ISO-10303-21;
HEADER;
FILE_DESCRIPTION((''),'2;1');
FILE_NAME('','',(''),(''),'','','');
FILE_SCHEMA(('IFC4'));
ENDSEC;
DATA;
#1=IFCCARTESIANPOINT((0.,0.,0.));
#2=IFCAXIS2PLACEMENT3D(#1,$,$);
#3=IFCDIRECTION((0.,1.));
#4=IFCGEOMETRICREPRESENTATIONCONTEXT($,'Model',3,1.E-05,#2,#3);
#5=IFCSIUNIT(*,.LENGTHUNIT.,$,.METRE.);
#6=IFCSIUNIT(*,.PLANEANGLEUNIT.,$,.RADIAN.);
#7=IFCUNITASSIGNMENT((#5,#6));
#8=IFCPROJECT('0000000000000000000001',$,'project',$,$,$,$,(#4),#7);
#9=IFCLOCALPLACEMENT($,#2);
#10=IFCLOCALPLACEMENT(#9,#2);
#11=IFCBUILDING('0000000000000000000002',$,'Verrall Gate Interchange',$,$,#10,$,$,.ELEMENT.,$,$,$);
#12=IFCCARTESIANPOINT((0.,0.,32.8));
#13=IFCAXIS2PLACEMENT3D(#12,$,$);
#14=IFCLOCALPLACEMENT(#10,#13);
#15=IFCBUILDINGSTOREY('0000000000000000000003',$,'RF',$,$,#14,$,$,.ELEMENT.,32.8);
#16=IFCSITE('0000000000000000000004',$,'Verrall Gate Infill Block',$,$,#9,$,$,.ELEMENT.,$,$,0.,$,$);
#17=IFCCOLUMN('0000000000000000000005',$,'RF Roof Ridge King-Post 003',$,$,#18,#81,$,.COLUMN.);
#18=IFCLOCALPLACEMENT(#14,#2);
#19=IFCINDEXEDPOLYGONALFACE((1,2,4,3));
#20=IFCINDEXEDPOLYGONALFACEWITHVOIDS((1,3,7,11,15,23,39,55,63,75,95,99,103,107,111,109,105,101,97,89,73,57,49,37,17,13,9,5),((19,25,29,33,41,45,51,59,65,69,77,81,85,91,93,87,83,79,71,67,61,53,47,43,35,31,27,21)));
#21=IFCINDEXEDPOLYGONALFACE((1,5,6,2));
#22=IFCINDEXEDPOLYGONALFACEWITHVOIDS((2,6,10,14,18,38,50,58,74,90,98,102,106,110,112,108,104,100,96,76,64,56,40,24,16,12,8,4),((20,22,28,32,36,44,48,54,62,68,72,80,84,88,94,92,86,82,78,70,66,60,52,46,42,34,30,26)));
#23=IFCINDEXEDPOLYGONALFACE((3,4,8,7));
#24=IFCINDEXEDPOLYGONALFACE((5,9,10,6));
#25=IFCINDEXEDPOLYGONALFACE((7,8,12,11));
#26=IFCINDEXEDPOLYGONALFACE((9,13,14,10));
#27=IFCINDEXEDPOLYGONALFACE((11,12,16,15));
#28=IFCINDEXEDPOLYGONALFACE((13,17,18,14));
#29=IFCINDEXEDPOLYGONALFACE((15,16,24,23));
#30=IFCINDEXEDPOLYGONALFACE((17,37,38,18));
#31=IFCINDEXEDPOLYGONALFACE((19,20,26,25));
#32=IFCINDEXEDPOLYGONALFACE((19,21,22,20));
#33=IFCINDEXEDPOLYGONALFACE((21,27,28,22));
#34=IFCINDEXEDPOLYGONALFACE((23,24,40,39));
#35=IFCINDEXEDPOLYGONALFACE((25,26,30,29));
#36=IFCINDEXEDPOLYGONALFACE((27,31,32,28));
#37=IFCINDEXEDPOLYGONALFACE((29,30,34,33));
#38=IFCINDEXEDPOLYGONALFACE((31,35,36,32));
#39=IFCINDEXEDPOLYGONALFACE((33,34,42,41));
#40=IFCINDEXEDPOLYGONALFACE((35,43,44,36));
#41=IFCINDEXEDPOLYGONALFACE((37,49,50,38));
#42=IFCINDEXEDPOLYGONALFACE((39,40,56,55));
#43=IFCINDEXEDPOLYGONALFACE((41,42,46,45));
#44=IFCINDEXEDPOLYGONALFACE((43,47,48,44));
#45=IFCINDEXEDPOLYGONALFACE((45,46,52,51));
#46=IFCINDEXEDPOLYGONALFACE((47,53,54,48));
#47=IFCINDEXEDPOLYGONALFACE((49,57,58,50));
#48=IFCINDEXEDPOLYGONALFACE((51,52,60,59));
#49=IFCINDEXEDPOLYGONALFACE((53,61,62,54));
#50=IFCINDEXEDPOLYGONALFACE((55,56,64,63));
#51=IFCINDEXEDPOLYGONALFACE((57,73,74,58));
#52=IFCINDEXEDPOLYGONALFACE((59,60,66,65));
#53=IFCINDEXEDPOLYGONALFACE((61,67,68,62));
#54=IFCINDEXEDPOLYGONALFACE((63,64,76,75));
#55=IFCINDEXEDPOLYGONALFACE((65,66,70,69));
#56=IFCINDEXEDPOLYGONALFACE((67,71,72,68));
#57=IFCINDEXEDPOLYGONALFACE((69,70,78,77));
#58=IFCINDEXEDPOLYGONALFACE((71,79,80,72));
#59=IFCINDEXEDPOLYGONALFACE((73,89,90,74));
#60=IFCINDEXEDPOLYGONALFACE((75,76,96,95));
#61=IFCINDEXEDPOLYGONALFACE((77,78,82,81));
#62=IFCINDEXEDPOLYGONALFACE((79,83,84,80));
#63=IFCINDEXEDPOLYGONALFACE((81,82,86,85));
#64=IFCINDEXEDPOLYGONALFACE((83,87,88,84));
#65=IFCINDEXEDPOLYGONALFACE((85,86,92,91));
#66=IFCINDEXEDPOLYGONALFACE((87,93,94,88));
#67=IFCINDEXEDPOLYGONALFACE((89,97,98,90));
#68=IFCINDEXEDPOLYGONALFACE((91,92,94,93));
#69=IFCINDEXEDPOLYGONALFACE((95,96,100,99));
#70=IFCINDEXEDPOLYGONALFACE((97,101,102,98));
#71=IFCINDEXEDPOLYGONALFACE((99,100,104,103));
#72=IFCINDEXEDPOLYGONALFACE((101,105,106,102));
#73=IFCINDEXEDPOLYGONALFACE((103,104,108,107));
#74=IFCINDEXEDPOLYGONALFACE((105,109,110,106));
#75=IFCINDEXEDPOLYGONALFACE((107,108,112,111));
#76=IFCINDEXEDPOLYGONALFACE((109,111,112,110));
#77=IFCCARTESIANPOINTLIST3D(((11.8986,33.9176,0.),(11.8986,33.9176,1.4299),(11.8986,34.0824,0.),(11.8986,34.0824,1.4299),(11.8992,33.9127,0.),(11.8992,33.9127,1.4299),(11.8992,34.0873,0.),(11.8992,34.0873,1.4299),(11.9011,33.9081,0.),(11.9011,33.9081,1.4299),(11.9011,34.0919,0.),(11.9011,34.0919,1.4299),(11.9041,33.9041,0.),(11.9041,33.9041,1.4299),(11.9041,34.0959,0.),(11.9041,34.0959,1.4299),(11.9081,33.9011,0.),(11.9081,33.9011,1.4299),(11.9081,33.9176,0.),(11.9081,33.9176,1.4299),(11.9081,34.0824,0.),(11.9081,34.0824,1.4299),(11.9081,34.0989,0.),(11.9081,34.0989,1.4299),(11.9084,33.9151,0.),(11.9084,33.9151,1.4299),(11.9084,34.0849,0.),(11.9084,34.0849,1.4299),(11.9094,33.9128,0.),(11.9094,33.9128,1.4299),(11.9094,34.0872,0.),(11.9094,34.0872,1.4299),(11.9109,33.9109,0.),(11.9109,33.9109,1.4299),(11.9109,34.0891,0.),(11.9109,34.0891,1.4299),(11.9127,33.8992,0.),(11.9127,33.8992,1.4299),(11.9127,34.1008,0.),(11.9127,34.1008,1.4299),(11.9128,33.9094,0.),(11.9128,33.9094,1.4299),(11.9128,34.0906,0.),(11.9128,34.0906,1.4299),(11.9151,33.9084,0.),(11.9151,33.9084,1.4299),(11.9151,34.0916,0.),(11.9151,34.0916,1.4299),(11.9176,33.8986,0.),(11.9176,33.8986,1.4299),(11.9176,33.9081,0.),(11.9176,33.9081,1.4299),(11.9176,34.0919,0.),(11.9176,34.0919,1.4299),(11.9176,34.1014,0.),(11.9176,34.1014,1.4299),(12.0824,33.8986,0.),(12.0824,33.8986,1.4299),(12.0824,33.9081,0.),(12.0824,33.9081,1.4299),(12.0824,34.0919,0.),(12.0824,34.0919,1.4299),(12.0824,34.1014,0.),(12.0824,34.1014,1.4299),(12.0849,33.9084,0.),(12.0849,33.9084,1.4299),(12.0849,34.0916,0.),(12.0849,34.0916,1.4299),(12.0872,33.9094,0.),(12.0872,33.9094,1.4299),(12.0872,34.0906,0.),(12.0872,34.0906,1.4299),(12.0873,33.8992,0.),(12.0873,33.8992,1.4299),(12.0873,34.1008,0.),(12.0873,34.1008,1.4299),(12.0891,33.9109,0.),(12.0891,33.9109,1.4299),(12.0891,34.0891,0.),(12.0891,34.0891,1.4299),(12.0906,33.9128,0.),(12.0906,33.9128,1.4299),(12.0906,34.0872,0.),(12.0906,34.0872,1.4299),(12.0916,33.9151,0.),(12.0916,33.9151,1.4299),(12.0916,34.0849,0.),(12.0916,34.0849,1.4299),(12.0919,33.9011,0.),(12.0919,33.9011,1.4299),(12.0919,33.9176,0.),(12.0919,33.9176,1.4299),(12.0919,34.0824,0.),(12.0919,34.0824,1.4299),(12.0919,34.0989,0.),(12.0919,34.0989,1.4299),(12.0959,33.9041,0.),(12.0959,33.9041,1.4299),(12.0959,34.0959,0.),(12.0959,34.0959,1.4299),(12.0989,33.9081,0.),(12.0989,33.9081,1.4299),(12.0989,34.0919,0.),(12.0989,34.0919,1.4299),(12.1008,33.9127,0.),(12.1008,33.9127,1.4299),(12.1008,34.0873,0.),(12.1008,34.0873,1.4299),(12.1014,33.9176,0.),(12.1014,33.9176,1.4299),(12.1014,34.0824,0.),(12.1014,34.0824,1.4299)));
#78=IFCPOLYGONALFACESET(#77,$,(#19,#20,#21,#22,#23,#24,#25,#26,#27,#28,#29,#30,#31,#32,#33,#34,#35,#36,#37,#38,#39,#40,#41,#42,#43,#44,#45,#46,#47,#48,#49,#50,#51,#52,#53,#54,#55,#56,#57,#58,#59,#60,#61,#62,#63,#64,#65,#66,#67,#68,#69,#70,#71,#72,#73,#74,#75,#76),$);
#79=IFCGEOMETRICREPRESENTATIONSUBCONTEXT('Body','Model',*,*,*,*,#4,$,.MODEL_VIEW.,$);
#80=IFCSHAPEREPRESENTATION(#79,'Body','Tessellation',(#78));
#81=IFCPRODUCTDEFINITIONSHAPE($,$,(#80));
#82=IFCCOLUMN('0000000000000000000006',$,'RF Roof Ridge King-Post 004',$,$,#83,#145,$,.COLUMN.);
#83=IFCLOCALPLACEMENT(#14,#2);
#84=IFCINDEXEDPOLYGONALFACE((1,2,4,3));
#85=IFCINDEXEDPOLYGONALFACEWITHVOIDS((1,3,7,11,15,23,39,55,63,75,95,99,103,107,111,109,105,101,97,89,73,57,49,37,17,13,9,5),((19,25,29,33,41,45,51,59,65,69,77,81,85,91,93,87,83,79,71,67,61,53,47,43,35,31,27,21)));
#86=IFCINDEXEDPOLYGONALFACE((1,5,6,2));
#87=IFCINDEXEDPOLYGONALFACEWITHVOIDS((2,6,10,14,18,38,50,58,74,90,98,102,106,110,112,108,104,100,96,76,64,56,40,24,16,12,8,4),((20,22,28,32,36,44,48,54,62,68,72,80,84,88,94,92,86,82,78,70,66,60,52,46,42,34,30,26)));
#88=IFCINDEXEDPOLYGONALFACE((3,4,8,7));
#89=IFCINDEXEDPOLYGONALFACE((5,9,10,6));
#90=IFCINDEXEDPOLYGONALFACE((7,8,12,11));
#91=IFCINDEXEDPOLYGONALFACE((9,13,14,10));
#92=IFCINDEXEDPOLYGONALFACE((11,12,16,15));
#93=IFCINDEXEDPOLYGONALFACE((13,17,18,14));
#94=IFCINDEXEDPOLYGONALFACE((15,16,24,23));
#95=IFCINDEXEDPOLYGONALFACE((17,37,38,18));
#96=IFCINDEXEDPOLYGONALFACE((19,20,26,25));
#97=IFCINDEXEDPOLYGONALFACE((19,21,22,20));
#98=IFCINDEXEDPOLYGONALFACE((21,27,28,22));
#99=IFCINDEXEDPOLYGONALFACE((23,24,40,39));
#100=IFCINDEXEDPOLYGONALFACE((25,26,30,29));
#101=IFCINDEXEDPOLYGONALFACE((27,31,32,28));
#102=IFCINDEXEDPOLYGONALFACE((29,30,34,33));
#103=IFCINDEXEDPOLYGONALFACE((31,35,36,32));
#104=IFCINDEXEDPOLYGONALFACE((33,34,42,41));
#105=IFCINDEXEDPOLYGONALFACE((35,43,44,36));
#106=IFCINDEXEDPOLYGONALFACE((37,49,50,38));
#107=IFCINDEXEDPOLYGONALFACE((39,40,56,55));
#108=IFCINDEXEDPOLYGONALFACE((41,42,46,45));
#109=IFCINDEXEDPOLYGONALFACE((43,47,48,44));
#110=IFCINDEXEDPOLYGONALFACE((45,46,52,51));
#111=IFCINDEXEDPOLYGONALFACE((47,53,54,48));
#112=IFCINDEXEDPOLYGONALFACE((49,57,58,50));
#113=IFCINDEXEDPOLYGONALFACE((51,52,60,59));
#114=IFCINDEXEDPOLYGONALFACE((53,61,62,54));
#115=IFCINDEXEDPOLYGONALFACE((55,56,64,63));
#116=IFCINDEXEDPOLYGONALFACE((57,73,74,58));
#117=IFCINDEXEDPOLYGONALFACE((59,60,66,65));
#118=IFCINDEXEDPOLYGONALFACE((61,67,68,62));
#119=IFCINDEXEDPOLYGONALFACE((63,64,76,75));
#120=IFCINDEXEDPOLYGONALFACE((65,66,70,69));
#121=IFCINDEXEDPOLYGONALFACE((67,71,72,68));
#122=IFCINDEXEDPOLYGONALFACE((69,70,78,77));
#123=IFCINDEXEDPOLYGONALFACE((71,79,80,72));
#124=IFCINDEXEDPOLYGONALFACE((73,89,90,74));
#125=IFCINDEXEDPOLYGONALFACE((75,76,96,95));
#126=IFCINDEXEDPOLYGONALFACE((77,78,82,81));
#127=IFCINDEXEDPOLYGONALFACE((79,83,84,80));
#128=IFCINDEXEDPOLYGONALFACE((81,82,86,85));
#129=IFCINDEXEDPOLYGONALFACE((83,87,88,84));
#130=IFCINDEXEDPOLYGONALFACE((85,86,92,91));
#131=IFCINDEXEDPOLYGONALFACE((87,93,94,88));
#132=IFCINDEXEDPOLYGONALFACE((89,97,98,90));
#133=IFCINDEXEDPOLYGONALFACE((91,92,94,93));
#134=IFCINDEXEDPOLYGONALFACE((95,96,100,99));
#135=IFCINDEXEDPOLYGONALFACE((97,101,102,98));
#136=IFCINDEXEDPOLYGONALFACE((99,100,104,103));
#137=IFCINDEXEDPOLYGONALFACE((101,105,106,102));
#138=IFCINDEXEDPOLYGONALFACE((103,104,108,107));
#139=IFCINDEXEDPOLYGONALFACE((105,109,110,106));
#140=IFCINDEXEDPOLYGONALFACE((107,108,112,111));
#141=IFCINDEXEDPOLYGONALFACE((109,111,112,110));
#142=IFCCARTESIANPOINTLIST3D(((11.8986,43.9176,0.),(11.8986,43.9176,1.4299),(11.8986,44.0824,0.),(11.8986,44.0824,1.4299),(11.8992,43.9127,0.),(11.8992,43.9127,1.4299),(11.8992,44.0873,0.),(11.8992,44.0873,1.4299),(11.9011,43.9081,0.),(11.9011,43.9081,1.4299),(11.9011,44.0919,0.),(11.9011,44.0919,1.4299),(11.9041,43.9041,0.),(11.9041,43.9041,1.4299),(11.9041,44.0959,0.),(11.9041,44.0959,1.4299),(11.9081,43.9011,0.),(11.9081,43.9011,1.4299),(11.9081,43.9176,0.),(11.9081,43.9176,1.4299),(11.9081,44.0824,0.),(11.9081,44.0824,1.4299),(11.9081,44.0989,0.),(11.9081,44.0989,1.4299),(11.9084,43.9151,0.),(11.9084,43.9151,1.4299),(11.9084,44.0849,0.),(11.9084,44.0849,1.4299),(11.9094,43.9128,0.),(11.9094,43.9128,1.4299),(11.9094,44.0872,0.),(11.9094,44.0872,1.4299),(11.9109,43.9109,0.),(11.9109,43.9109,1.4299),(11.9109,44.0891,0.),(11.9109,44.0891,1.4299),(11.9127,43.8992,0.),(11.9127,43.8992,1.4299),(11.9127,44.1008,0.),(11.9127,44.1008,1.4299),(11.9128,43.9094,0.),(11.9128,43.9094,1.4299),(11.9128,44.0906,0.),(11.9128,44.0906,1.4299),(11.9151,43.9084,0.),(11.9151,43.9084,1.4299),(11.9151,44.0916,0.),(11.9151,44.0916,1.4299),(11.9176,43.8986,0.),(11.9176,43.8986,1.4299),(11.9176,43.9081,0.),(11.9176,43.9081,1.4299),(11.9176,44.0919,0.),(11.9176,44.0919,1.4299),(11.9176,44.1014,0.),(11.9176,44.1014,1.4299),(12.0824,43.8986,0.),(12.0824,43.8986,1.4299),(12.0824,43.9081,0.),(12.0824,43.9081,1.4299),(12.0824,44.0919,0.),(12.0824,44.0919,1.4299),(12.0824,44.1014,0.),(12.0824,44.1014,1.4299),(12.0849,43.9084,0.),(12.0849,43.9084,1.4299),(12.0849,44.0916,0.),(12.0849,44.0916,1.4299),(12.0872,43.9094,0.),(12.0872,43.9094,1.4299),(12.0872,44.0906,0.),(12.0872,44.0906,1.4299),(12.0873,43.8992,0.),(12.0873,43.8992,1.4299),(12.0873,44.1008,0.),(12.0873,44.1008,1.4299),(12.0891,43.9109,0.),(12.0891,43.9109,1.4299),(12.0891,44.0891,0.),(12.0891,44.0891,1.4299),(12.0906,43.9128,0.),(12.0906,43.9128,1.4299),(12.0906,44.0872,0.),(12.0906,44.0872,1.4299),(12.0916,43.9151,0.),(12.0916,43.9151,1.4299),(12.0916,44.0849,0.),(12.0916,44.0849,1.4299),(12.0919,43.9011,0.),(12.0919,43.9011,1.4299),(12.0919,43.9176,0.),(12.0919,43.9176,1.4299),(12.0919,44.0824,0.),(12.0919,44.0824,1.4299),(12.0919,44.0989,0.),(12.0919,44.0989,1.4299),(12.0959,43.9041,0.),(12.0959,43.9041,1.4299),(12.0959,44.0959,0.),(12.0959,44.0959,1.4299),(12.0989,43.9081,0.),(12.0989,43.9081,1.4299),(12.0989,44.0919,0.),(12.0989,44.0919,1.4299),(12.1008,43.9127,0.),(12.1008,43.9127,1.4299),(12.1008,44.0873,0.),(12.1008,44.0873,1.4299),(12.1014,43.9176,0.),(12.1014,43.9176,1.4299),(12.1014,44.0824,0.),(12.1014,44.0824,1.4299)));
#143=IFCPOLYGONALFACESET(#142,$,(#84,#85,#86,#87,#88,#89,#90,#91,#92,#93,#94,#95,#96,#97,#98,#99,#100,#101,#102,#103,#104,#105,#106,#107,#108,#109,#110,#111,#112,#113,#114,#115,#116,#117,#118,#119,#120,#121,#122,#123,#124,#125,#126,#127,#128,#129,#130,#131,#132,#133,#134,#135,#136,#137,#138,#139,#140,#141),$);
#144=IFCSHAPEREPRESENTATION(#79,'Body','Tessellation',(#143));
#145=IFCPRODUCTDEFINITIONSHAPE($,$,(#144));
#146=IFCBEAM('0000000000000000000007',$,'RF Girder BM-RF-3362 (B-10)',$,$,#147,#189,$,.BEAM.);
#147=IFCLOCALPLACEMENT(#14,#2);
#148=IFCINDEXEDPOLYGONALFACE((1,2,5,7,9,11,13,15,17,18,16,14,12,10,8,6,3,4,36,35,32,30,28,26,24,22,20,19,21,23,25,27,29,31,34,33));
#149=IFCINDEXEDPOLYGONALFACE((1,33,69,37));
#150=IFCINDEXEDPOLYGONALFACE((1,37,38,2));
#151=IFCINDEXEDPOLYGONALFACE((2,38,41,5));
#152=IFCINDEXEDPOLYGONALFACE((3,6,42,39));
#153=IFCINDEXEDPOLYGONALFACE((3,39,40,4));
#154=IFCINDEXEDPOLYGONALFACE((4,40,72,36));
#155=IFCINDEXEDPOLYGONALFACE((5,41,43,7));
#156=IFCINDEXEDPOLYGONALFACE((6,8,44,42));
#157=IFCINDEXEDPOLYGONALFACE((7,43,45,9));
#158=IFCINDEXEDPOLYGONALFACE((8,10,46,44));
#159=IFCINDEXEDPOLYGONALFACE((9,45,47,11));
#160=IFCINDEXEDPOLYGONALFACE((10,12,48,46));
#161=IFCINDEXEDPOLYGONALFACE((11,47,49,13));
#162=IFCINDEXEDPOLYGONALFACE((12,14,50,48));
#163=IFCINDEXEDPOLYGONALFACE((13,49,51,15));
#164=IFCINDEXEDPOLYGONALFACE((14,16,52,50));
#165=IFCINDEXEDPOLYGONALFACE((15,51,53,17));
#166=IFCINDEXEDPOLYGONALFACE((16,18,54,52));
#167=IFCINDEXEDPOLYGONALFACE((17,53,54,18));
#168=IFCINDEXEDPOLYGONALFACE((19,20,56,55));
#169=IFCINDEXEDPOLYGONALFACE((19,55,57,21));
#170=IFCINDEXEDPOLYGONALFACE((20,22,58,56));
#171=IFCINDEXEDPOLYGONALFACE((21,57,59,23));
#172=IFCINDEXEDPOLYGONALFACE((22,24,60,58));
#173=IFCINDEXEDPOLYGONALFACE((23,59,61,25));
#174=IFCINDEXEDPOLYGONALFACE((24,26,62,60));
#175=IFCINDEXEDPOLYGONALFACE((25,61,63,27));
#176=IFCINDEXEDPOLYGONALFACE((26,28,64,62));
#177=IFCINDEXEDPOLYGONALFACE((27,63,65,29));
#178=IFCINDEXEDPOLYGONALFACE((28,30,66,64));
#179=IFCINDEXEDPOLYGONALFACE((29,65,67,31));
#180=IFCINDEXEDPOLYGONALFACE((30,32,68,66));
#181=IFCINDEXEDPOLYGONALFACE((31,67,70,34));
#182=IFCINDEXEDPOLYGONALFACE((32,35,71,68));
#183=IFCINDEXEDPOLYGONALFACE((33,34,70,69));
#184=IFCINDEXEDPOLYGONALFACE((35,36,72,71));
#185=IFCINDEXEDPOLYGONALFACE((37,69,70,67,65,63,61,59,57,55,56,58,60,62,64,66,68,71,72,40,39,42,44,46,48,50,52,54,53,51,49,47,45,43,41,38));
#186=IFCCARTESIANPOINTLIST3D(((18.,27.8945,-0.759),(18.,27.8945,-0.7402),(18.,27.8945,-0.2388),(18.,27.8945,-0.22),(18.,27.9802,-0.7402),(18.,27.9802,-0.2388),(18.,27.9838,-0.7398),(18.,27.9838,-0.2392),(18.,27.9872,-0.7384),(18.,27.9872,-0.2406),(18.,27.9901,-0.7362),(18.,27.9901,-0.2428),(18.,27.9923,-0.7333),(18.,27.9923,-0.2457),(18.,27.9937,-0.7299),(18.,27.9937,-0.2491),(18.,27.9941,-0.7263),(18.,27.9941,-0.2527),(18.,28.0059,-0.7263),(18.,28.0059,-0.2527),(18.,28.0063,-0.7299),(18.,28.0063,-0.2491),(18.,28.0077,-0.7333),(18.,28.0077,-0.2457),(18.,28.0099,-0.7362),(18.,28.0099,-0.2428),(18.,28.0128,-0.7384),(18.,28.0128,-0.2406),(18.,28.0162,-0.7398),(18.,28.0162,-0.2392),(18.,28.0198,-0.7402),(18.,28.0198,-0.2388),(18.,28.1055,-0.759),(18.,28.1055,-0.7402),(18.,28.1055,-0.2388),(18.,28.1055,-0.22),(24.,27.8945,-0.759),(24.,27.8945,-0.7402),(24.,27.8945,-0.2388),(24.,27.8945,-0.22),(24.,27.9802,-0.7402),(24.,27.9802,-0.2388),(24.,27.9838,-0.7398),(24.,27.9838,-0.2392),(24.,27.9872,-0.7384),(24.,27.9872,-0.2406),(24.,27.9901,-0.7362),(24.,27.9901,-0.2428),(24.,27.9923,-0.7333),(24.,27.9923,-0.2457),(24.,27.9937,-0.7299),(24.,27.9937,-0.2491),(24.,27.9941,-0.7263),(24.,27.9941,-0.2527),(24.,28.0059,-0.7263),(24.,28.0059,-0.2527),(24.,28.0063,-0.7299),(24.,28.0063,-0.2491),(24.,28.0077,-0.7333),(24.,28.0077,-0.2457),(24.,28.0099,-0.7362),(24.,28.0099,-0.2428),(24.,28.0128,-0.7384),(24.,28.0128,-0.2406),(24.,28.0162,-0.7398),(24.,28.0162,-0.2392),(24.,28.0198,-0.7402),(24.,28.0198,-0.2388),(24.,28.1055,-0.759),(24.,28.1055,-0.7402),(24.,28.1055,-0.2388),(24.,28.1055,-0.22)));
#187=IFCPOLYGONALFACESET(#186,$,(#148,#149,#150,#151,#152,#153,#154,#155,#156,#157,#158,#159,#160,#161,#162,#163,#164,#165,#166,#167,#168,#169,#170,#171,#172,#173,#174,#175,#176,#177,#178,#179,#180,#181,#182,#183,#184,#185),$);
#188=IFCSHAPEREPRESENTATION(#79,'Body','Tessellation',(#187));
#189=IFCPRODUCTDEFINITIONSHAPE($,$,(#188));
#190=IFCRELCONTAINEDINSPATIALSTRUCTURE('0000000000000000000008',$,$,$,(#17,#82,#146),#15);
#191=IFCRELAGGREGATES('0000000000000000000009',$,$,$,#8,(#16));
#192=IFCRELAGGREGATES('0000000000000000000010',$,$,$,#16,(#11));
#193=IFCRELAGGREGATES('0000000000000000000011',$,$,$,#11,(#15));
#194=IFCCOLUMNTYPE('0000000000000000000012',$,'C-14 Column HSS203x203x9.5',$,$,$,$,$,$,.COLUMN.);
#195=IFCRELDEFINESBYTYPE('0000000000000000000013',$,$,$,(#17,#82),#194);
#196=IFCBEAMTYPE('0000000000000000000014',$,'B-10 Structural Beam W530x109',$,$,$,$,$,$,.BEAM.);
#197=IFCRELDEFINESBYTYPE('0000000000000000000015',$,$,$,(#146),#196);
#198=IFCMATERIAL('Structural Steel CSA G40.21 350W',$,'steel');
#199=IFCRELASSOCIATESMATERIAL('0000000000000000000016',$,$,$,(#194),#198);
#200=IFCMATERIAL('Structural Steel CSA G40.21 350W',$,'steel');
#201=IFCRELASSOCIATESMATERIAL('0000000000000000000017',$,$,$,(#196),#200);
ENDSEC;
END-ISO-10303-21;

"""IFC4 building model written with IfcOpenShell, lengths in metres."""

from ifc_helpers import new_model, si_unit, direction, frame, origin, origin_2d, place, context, subcontext, project, spatial, hollow_rectangle, i_section, extrude, material, material_profile, profile_set, type_object, element, save


model = new_model("IFC4")

# Units and contexts
model_context = context("Model", 3, precision=1e-05, world=origin(), true_north=direction((0.0, 1.0)))
body_context = subcontext(model_context, "Body", "Model", "MODEL_VIEW")
ifc_project = project(units=[si_unit("LENGTHUNIT", "METRE"), si_unit("PLANEANGLEUNIT", "RADIAN")], contexts=[model_context])

# Site, building, storey
site_placement = place(None, origin())
site = spatial("IfcSite", under=ifc_project, at=site_placement, Name="Verrall Gate Infill Block", CompositionType="ELEMENT", RefElevation=0.0)
building_placement = place(site_placement, origin())
building = spatial("IfcBuilding", under=site, at=building_placement, Name="Verrall Gate Interchange", CompositionType="ELEMENT")
storey_placement = place(building_placement, frame((0.0, 0.0, 32.8)))
storey = spatial("IfcBuildingStorey", under=building, at=storey_placement, Name="RF", CompositionType="ELEMENT", Elevation=32.8)

# Columns
ifc_material_1 = material(Name="Structural Steel CSA G40.21 350W", Category="steel")
ifc_material_profile_1 = material_profile(ifc_material_1, hollow_rectangle(XDim=0.2029, YDim=0.2029, WallThickness=0.0095, InnerFilletRadius=0.0095, OuterFilletRadius=0.019, at=origin_2d()), Name="HSS203x203x9.5")
ifc_profile_set_1 = profile_set([ifc_material_profile_1], Name="Structural Steel CSA G40.21 350W")
column_type = type_object("IfcColumnType", Name="C-14 Column HSS203x203x9.5", PredefinedType="COLUMN", material=ifc_profile_set_1)
for number, where, z_axis, x_axis, name in (
    (1, (12.0, 34.0, 0.0), (0.0, 0.0, 1.0), (1.0, 0.0, 0.0), "RF Roof Ridge King-Post 003"),
    (2, (12.0, 44.0, 0.0), (0.0, 0.0, 1.0), (1.0, 0.0, 0.0), "RF Roof Ridge King-Post 004"),
):
    element("IfcColumn", number, at=place(storey_placement, frame(where, z_axis=z_axis, x_axis=x_axis)), inside=storey, type_object=column_type, Name=name, PredefinedType="COLUMN", context=body_context, shape_type="SweptSolid", body=[
        extrude(hollow_rectangle(XDim=0.2029, YDim=0.2029, WallThickness=0.0095, InnerFilletRadius=0.0095, OuterFilletRadius=0.019, at=origin_2d()), origin(), (0.0, 0.0, 1.0), 1.4299),
    ])

# Beam
ifc_material_2 = material(Name="Structural Steel CSA G40.21 350W", Category="steel")
ifc_material_profile_2 = material_profile(ifc_material_2, i_section(OverallWidth=0.2109, OverallDepth=0.5391, WebThickness=0.0117, FlangeThickness=0.0188, FilletRadius=0.0139, at=origin_2d()), Name="W530x109")
ifc_profile_set_2 = profile_set([ifc_material_profile_2], Name="Structural Steel CSA G40.21 350W")
beam_type_1 = type_object("IfcBeamType", Name="B-10 Structural Beam W530x109", PredefinedType="BEAM", material=ifc_profile_set_2)
for number, where, z_axis, x_axis, name in (
    (3, (18.0, 28.0, -0.4895), (1.0, 0.0, 0.0), (0.0, 1.0, 0.0), "RF Girder BM-RF-3362 (B-10)"),
):
    element("IfcBeam", number, at=place(storey_placement, frame(where, z_axis=z_axis, x_axis=x_axis)), inside=storey, type_object=beam_type_1, Name=name, PredefinedType="BEAM", context=body_context, shape_type="SweptSolid", body=[
        extrude(i_section(OverallWidth=0.2109, OverallDepth=0.5391, WebThickness=0.0117, FlangeThickness=0.0188, FilletRadius=0.0139, at=origin_2d()), origin(), (0.0, 0.0, 1.0), 6.0),
    ])

save(model, "model.ifc")
